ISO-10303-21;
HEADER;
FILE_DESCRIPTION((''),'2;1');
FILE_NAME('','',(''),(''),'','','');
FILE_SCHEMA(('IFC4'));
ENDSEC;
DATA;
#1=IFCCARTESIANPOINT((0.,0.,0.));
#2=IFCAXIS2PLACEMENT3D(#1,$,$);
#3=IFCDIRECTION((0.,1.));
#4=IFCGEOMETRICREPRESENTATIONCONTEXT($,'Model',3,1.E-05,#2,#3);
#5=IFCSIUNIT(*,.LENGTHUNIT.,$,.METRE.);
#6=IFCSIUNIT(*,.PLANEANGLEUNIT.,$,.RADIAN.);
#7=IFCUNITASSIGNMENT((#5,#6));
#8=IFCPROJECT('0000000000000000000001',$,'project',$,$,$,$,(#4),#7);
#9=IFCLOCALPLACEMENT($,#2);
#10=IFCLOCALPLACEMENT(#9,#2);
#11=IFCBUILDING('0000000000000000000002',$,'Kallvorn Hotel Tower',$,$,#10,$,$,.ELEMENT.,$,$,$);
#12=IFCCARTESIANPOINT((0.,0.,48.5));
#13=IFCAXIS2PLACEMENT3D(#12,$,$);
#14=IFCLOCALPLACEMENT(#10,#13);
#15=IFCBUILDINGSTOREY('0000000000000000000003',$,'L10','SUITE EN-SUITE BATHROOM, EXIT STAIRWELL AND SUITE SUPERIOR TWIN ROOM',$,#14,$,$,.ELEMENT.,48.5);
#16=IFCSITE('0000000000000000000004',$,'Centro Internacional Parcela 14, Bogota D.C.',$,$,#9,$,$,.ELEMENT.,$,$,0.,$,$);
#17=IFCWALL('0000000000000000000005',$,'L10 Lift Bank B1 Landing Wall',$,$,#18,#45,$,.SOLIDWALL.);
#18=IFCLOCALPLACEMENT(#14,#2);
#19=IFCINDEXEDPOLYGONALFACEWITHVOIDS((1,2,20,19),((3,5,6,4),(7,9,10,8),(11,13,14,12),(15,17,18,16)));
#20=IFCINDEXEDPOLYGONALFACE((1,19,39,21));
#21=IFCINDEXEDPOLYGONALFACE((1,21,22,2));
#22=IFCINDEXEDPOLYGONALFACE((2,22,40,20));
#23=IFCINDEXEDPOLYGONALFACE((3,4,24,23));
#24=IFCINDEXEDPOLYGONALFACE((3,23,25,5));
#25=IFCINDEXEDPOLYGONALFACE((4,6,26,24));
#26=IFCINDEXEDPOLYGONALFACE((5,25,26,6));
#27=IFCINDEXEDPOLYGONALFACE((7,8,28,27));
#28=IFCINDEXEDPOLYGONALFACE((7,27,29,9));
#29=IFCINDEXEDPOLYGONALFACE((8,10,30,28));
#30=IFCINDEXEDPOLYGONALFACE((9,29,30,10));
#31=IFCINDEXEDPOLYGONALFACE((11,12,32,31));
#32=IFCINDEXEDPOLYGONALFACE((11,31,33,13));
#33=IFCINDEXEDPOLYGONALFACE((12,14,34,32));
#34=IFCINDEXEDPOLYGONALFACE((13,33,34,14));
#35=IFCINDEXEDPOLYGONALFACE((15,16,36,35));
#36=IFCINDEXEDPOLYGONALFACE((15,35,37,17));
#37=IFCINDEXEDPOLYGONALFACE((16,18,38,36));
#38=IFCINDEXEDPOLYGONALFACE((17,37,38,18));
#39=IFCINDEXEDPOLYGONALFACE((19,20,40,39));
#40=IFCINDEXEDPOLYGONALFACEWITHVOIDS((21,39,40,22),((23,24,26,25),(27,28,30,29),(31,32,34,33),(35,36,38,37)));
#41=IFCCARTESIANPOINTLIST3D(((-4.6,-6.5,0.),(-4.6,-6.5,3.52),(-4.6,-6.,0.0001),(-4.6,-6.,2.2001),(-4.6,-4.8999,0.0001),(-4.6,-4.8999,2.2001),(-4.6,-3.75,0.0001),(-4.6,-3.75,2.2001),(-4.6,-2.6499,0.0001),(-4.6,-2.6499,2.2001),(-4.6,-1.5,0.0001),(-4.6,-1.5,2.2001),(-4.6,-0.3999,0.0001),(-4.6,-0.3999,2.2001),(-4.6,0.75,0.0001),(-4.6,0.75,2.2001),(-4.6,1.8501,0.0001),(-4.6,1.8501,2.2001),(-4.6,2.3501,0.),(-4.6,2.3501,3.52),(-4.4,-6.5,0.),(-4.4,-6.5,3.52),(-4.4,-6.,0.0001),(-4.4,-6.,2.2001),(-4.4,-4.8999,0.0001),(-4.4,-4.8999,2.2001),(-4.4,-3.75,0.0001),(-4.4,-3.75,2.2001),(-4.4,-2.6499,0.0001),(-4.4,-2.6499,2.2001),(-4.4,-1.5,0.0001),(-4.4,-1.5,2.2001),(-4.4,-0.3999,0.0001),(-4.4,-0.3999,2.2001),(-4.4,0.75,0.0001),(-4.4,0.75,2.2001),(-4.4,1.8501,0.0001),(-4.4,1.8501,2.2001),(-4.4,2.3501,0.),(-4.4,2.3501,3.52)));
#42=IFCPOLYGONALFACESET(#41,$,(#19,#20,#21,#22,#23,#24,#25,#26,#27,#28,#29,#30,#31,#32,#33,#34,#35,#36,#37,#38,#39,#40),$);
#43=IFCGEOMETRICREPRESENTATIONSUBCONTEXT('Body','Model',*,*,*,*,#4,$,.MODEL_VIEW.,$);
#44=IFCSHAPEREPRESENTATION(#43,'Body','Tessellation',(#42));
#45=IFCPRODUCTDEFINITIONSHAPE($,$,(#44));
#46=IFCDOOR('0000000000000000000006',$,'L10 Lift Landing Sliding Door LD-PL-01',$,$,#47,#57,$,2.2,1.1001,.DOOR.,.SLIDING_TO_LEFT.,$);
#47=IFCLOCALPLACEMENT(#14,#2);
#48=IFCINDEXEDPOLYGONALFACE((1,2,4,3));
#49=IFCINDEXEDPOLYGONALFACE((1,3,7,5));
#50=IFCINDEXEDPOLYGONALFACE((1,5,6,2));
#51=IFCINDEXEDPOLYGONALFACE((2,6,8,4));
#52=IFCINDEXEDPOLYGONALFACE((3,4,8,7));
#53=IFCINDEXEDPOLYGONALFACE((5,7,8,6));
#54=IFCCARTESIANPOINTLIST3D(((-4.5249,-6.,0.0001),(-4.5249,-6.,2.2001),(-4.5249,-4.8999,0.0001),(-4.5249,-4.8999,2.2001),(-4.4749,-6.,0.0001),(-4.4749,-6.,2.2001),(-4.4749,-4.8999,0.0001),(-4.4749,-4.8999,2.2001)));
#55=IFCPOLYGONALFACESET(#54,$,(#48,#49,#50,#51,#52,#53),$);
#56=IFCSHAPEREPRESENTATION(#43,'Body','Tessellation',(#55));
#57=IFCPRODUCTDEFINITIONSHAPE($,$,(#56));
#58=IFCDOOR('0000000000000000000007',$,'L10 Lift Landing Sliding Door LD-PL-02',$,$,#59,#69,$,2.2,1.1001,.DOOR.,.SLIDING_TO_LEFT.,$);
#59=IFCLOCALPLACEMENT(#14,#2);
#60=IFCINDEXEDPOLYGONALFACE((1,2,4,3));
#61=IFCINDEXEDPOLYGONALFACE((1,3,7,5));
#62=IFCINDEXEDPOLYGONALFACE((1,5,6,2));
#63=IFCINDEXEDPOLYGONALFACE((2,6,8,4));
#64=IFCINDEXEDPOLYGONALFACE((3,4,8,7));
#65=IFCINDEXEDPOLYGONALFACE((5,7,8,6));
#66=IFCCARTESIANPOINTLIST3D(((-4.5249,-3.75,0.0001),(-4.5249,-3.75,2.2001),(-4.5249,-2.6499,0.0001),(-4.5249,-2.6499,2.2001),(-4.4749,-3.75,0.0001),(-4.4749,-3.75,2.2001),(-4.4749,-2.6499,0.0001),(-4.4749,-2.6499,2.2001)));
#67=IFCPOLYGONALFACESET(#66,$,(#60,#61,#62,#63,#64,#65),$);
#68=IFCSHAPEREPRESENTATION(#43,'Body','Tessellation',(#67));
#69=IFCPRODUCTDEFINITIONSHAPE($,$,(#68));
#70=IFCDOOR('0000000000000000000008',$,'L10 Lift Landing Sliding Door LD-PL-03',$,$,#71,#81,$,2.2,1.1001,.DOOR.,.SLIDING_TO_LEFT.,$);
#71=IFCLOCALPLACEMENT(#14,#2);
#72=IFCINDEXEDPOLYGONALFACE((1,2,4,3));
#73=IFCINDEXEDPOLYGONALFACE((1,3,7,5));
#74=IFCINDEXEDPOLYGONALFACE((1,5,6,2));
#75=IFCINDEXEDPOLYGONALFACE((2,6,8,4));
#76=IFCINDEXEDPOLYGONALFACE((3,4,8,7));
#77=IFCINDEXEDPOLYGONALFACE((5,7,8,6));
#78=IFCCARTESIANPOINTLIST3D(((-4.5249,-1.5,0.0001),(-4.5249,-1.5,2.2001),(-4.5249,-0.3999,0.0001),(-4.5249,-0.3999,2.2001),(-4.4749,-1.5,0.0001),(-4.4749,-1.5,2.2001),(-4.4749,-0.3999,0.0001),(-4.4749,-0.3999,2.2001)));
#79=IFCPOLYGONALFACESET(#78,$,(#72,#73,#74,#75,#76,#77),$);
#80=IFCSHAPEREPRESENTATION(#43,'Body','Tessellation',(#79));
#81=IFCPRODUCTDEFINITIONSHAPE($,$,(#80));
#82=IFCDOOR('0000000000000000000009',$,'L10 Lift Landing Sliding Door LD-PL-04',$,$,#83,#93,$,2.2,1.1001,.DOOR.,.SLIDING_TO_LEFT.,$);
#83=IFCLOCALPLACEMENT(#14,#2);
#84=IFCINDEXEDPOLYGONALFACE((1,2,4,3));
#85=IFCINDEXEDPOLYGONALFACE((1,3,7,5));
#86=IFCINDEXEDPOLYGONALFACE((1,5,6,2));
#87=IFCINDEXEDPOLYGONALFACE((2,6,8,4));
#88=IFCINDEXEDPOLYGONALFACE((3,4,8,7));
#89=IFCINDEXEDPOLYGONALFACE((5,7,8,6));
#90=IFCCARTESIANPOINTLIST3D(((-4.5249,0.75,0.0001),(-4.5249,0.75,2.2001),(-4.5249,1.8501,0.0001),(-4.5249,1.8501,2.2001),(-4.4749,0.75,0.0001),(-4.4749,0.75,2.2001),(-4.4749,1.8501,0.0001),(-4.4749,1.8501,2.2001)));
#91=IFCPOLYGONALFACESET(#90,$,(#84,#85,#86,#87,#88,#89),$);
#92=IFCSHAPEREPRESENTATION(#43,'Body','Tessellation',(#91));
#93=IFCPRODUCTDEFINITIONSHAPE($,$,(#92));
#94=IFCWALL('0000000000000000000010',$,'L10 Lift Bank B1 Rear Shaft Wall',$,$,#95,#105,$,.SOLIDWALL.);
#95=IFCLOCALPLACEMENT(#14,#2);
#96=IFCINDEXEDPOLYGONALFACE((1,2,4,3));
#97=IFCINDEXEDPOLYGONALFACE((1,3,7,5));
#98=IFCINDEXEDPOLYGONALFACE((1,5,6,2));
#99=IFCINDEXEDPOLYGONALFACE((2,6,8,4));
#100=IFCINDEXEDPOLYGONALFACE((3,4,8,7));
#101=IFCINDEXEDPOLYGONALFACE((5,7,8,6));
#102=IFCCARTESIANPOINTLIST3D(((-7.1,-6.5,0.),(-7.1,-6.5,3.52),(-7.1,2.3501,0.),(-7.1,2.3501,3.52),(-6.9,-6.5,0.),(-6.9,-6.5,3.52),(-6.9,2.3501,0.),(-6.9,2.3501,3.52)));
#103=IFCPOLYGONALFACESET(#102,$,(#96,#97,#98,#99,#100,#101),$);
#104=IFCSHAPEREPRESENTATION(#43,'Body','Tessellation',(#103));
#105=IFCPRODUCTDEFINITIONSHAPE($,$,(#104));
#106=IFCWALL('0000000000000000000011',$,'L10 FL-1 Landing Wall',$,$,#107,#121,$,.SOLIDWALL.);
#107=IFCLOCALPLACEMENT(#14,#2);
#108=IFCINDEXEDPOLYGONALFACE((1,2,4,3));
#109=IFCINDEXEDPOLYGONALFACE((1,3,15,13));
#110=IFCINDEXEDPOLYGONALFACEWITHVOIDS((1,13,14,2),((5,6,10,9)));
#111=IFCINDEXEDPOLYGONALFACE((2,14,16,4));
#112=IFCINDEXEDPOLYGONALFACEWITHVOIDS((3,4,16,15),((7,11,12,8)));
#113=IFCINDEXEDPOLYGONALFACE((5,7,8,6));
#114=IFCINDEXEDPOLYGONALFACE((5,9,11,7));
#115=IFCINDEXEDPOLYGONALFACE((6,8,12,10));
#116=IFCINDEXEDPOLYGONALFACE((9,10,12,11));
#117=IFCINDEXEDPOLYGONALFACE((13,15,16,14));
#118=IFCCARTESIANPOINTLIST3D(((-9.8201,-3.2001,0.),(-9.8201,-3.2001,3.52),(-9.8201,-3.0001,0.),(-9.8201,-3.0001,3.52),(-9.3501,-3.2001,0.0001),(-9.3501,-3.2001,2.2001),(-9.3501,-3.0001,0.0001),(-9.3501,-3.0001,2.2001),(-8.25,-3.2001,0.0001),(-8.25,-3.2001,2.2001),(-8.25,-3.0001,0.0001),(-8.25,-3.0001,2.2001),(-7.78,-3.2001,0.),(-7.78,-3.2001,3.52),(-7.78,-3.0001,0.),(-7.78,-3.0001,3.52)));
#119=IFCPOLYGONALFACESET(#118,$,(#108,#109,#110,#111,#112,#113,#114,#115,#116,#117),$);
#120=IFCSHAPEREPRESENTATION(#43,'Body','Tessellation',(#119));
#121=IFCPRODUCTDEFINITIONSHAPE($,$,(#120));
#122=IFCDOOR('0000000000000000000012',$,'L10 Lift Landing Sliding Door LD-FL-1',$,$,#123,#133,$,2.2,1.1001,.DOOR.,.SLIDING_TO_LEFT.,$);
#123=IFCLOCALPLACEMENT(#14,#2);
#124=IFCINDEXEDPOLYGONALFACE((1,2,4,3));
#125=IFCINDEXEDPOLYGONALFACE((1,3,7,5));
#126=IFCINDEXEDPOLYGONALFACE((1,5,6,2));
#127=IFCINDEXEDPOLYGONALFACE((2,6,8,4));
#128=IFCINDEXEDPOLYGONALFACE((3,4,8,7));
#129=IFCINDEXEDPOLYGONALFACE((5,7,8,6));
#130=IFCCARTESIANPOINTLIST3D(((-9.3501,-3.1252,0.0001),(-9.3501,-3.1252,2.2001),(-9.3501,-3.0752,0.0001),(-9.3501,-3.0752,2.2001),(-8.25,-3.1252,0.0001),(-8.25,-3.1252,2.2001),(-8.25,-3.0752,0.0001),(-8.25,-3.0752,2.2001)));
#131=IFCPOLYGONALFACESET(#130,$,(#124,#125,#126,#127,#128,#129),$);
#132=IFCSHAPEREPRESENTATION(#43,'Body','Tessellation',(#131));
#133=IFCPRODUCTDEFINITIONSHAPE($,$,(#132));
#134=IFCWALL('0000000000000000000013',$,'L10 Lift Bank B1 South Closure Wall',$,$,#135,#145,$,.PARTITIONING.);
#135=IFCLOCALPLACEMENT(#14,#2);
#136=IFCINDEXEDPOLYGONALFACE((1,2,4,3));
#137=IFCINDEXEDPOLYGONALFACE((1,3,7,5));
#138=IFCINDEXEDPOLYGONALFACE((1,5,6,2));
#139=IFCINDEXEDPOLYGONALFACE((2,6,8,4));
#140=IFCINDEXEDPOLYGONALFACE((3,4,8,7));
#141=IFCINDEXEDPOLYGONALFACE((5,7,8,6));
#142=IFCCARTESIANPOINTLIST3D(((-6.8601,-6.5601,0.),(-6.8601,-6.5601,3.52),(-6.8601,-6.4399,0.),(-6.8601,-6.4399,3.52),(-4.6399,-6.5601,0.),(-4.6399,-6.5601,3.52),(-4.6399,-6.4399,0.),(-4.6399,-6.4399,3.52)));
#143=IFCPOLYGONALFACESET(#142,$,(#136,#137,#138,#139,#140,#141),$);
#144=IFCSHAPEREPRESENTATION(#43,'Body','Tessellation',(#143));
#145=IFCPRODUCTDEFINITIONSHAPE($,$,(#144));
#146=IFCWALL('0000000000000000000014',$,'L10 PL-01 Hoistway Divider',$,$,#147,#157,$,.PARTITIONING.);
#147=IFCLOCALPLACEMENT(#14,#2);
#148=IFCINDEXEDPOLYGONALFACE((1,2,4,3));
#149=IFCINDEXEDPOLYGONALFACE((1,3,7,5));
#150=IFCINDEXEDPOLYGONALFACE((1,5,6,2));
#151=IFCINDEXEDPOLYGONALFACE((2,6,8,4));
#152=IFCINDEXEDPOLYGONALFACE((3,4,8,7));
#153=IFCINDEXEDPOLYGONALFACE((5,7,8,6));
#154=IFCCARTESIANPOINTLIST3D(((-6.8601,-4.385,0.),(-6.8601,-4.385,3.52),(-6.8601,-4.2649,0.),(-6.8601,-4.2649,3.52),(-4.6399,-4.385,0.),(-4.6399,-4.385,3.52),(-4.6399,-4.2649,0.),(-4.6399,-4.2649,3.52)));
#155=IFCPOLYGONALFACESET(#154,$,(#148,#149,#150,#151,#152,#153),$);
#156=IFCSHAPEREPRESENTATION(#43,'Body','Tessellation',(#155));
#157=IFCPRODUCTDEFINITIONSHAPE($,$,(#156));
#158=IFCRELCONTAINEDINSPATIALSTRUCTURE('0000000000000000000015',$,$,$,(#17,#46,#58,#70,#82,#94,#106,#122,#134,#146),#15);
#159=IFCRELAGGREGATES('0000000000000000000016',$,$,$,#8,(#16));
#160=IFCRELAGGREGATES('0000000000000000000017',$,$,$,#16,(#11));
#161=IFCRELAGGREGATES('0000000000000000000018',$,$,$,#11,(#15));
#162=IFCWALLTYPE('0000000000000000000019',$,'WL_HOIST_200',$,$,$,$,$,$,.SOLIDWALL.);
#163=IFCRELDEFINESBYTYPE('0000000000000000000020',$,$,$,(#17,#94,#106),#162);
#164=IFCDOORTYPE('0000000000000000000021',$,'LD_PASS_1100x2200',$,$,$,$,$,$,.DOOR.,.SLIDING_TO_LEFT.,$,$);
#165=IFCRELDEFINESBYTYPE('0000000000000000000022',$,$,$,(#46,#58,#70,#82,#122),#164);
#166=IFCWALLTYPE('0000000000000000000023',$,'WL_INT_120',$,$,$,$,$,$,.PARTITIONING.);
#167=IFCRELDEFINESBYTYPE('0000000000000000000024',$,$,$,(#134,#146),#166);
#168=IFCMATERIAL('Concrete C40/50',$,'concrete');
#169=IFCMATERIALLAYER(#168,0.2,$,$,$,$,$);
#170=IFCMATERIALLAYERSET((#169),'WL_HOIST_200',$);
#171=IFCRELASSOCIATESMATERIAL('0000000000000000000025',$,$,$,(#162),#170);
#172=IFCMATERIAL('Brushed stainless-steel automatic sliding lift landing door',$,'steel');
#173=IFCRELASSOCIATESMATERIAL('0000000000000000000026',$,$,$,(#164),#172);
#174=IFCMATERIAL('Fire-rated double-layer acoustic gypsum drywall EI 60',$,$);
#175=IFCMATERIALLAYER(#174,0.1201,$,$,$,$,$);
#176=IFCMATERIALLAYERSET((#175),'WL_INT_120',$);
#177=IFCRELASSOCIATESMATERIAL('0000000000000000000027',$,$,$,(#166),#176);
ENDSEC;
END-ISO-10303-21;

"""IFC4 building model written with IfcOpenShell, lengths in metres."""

from ifc_helpers import new_model, si_unit, direction, frame, frame_2d, origin, place, context, subcontext, project, spatial, rectangle, extrude, material, layer, layer_set, type_object, element, fill, save


model = new_model("IFC4")

# Units and contexts
model_context = context("Model", 3, precision=1e-05, world=origin(), true_north=direction((0.0, 1.0)))
body_context = subcontext(model_context, "Body", "Model", "MODEL_VIEW")
ifc_project = project(units=[si_unit("LENGTHUNIT", "METRE"), si_unit("PLANEANGLEUNIT", "RADIAN")], contexts=[model_context])

# Site, building, storey
site_placement = place(None, origin())
site = spatial("IfcSite", under=ifc_project, at=site_placement, Name="Centro Internacional Parcela 14, Bogota D.C.", CompositionType="ELEMENT", RefElevation=0.0)
building_placement = place(site_placement, origin())
building = spatial("IfcBuilding", under=site, at=building_placement, Name="Kallvorn Hotel Tower", CompositionType="ELEMENT")
storey_placement = place(building_placement, frame((0.0, 0.0, 48.5)))
storey = spatial("IfcBuildingStorey", under=building, at=storey_placement, Name="L10", Description="SUITE EN-SUITE BATHROOM, EXIT STAIRWELL AND SUITE SUPERIOR TWIN ROOM", CompositionType="ELEMENT", Elevation=48.5)

# Wall, openings, doors
ifc_material_1 = material(Name="Concrete C40/50", Category="concrete")
ifc_layer_1 = layer(ifc_material_1, 0.2)
ifc_layer_set_1 = layer_set([ifc_layer_1], Name="WL_HOIST_200")
wall_type_1 = type_object("IfcWallType", Name="WL_HOIST_200", PredefinedType="SOLIDWALL", material=ifc_layer_set_1)
wall_1_placement = place(storey_placement, frame((-4.5, -6.5, 0.0), z_axis=(0.0, 0.0, 1.0), x_axis=(0.0, 1.0, 0.0)))
wall_1 = element("IfcWall", 1, at=wall_1_placement, inside=storey, type_object=wall_type_1, Name="L10 Lift Bank B1 Landing Wall", PredefinedType="SOLIDWALL", context=body_context, shape_type="SweptSolid", body=[
    extrude(rectangle(XDim=8.8501, YDim=0.2, at=frame_2d((4.425, 0.0))), origin(), (0.0, 0.0, 1.0), 3.52),
])
opening_1_placement = place(wall_1_placement, frame((0.5, 0.0, 0.0)))
opening_1 = element("IfcOpeningElement", 2, at=opening_1_placement, cuts=wall_1, PredefinedType="OPENING", context=body_context, shape_type="SweptSolid", body=[
    extrude(rectangle(XDim=1.1001, YDim=2.2, at=frame_2d((0.55, 1.1001))), frame((0.0, 0.115, 0.0), z_axis=(0.0, -1.0, 0.0), x_axis=(1.0, 0.0, 0.0)), (0.0, 0.0, 1.0), 0.23),
])
opening_2_placement = place(wall_1_placement, frame((2.75, 0.0, 0.0)))
opening_2 = element("IfcOpeningElement", 3, at=opening_2_placement, cuts=wall_1, PredefinedType="OPENING", context=body_context, shape_type="SweptSolid", body=[
    extrude(rectangle(XDim=1.1001, YDim=2.2, at=frame_2d((0.55, 1.1001))), frame((0.0, 0.115, 0.0), z_axis=(0.0, -1.0, 0.0), x_axis=(1.0, 0.0, 0.0)), (0.0, 0.0, 1.0), 0.23),
])
opening_3_placement = place(wall_1_placement, frame((5.0, 0.0, 0.0)))
opening_3 = element("IfcOpeningElement", 4, at=opening_3_placement, cuts=wall_1, PredefinedType="OPENING", context=body_context, shape_type="SweptSolid", body=[
    extrude(rectangle(XDim=1.1001, YDim=2.2, at=frame_2d((0.55, 1.1001))), frame((0.0, 0.115, 0.0), z_axis=(0.0, -1.0, 0.0), x_axis=(1.0, 0.0, 0.0)), (0.0, 0.0, 1.0), 0.23),
])
opening_4_placement = place(wall_1_placement, frame((7.25, 0.0, 0.0)))
opening_4 = element("IfcOpeningElement", 5, at=opening_4_placement, cuts=wall_1, PredefinedType="OPENING", context=body_context, shape_type="SweptSolid", body=[
    extrude(rectangle(XDim=1.1001, YDim=2.2, at=frame_2d((0.55, 1.1001))), frame((0.0, 0.115, 0.0), z_axis=(0.0, -1.0, 0.0), x_axis=(1.0, 0.0, 0.0)), (0.0, 0.0, 1.0), 0.23),
])
ifc_material_2 = material(Name="Brushed stainless-steel automatic sliding lift landing door", Category="steel")
door_type_1 = type_object("IfcDoorType", Name="LD_PASS_1100x2200", OperationType="SLIDING_TO_LEFT", PredefinedType="DOOR", material=ifc_material_2)
door_1_placement = place(opening_1_placement, origin())
door_1 = element("IfcDoor", 6, at=door_1_placement, inside=storey, type_object=door_type_1, Name="L10 Lift Landing Sliding Door LD-PL-01", OperationType="SLIDING_TO_LEFT", OverallHeight=2.2, OverallWidth=1.1001, PredefinedType="DOOR", context=body_context, shape_type="SweptSolid", body=[
    extrude(rectangle(XDim=1.1001, YDim=2.2, at=frame_2d((0.55, 1.1001))), frame((0.0, 0.0249, 0.0), z_axis=(0.0, -1.0, 0.0), x_axis=(1.0, 0.0, 0.0)), (0.0, 0.0, 1.0), 0.05),
])
fill(opening_1, door_1)
door_2_placement = place(opening_2_placement, origin())
door_2 = element("IfcDoor", 7, at=door_2_placement, inside=storey, type_object=door_type_1, Name="L10 Lift Landing Sliding Door LD-PL-02", OperationType="SLIDING_TO_LEFT", OverallHeight=2.2, OverallWidth=1.1001, PredefinedType="DOOR", context=body_context, shape_type="SweptSolid", body=[
    extrude(rectangle(XDim=1.1001, YDim=2.2, at=frame_2d((0.55, 1.1001))), frame((0.0, 0.0249, 0.0), z_axis=(0.0, -1.0, 0.0), x_axis=(1.0, 0.0, 0.0)), (0.0, 0.0, 1.0), 0.05),
])
fill(opening_2, door_2)
door_3_placement = place(opening_3_placement, origin())
door_3 = element("IfcDoor", 8, at=door_3_placement, inside=storey, type_object=door_type_1, Name="L10 Lift Landing Sliding Door LD-PL-03", OperationType="SLIDING_TO_LEFT", OverallHeight=2.2, OverallWidth=1.1001, PredefinedType="DOOR", context=body_context, shape_type="SweptSolid", body=[
    extrude(rectangle(XDim=1.1001, YDim=2.2, at=frame_2d((0.55, 1.1001))), frame((0.0, 0.0249, 0.0), z_axis=(0.0, -1.0, 0.0), x_axis=(1.0, 0.0, 0.0)), (0.0, 0.0, 1.0), 0.05),
])
fill(opening_3, door_3)
door_4_placement = place(opening_4_placement, origin())
door_4 = element("IfcDoor", 9, at=door_4_placement, inside=storey, type_object=door_type_1, Name="L10 Lift Landing Sliding Door LD-PL-04", OperationType="SLIDING_TO_LEFT", OverallHeight=2.2, OverallWidth=1.1001, PredefinedType="DOOR", context=body_context, shape_type="SweptSolid", body=[
    extrude(rectangle(XDim=1.1001, YDim=2.2, at=frame_2d((0.55, 1.1001))), frame((0.0, 0.0249, 0.0), z_axis=(0.0, -1.0, 0.0), x_axis=(1.0, 0.0, 0.0)), (0.0, 0.0, 1.0), 0.05),
])
fill(opening_4, door_4)

# Wall
wall_2_placement = place(storey_placement, frame((-7.0, -6.5, 0.0), z_axis=(0.0, 0.0, 1.0), x_axis=(0.0, 1.0, 0.0)))
element("IfcWall", 10, at=wall_2_placement, inside=storey, type_object=wall_type_1, Name="L10 Lift Bank B1 Rear Shaft Wall", PredefinedType="SOLIDWALL", context=body_context, shape_type="SweptSolid", body=[
    extrude(rectangle(XDim=8.8501, YDim=0.2, at=frame_2d((4.425, 0.0))), origin(), (0.0, 0.0, 1.0), 3.52),
])

# Wall, opening, door
wall_3_placement = place(storey_placement, frame((-9.8201, -3.1001, 0.0), z_axis=(0.0, 0.0, 1.0), x_axis=(1.0, 0.0, 0.0)))
wall_3 = element("IfcWall", 11, at=wall_3_placement, inside=storey, type_object=wall_type_1, Name="L10 FL-1 Landing Wall", PredefinedType="SOLIDWALL", context=body_context, shape_type="SweptSolid", body=[
    extrude(rectangle(XDim=2.04, YDim=0.2, at=frame_2d((1.02, 0.0))), origin(), (0.0, 0.0, 1.0), 3.52),
])
opening_5_placement = place(wall_3_placement, frame((0.47, 0.0, 0.0)))
opening_5 = element("IfcOpeningElement", 12, at=opening_5_placement, cuts=wall_3, PredefinedType="OPENING", context=body_context, shape_type="SweptSolid", body=[
    extrude(rectangle(XDim=1.1001, YDim=2.2, at=frame_2d((0.55, 1.1001))), frame((0.0, 0.115, 0.0), z_axis=(0.0, -1.0, 0.0), x_axis=(1.0, 0.0, 0.0)), (0.0, 0.0, 1.0), 0.23),
])
door_5_placement = place(opening_5_placement, origin())
door_5 = element("IfcDoor", 13, at=door_5_placement, inside=storey, type_object=door_type_1, Name="L10 Lift Landing Sliding Door LD-FL-1", OperationType="SLIDING_TO_LEFT", OverallHeight=2.2, OverallWidth=1.1001, PredefinedType="DOOR", context=body_context, shape_type="SweptSolid", body=[
    extrude(rectangle(XDim=1.1001, YDim=2.2, at=frame_2d((0.55, 1.1001))), frame((0.0, 0.0249, 0.0), z_axis=(0.0, -1.0, 0.0), x_axis=(1.0, 0.0, 0.0)), (0.0, 0.0, 1.0), 0.05),
])
fill(opening_5, door_5)

# Walls
ifc_material_3 = material(Name="Fire-rated double-layer acoustic gypsum drywall EI 60")
ifc_layer_2 = layer(ifc_material_3, 0.1201)
ifc_layer_set_2 = layer_set([ifc_layer_2], Name="WL_INT_120")
wall_type_2 = type_object("IfcWallType", Name="WL_INT_120", PredefinedType="PARTITIONING", material=ifc_layer_set_2)
for number, where, z_axis, x_axis, name in (
    (14, (-6.8601, -6.5, 0.0), (0.0, 0.0, 1.0), (1.0, 0.0, 0.0), "L10 Lift Bank B1 South Closure Wall"),
    (15, (-6.8601, -4.325, 0.0), (0.0, 0.0, 1.0), (1.0, 0.0, 0.0), "L10 PL-01 Hoistway Divider"),
):
    element("IfcWall", number, at=place(storey_placement, frame(where, z_axis=z_axis, x_axis=x_axis)), inside=storey, type_object=wall_type_2, Name=name, PredefinedType="PARTITIONING", context=body_context, shape_type="SweptSolid", body=[
        extrude(rectangle(XDim=2.2202, YDim=0.1201, at=frame_2d((1.1101, 0.0))), origin(), (0.0, 0.0, 1.0), 3.52),
    ])

save(model, "model.ifc")
